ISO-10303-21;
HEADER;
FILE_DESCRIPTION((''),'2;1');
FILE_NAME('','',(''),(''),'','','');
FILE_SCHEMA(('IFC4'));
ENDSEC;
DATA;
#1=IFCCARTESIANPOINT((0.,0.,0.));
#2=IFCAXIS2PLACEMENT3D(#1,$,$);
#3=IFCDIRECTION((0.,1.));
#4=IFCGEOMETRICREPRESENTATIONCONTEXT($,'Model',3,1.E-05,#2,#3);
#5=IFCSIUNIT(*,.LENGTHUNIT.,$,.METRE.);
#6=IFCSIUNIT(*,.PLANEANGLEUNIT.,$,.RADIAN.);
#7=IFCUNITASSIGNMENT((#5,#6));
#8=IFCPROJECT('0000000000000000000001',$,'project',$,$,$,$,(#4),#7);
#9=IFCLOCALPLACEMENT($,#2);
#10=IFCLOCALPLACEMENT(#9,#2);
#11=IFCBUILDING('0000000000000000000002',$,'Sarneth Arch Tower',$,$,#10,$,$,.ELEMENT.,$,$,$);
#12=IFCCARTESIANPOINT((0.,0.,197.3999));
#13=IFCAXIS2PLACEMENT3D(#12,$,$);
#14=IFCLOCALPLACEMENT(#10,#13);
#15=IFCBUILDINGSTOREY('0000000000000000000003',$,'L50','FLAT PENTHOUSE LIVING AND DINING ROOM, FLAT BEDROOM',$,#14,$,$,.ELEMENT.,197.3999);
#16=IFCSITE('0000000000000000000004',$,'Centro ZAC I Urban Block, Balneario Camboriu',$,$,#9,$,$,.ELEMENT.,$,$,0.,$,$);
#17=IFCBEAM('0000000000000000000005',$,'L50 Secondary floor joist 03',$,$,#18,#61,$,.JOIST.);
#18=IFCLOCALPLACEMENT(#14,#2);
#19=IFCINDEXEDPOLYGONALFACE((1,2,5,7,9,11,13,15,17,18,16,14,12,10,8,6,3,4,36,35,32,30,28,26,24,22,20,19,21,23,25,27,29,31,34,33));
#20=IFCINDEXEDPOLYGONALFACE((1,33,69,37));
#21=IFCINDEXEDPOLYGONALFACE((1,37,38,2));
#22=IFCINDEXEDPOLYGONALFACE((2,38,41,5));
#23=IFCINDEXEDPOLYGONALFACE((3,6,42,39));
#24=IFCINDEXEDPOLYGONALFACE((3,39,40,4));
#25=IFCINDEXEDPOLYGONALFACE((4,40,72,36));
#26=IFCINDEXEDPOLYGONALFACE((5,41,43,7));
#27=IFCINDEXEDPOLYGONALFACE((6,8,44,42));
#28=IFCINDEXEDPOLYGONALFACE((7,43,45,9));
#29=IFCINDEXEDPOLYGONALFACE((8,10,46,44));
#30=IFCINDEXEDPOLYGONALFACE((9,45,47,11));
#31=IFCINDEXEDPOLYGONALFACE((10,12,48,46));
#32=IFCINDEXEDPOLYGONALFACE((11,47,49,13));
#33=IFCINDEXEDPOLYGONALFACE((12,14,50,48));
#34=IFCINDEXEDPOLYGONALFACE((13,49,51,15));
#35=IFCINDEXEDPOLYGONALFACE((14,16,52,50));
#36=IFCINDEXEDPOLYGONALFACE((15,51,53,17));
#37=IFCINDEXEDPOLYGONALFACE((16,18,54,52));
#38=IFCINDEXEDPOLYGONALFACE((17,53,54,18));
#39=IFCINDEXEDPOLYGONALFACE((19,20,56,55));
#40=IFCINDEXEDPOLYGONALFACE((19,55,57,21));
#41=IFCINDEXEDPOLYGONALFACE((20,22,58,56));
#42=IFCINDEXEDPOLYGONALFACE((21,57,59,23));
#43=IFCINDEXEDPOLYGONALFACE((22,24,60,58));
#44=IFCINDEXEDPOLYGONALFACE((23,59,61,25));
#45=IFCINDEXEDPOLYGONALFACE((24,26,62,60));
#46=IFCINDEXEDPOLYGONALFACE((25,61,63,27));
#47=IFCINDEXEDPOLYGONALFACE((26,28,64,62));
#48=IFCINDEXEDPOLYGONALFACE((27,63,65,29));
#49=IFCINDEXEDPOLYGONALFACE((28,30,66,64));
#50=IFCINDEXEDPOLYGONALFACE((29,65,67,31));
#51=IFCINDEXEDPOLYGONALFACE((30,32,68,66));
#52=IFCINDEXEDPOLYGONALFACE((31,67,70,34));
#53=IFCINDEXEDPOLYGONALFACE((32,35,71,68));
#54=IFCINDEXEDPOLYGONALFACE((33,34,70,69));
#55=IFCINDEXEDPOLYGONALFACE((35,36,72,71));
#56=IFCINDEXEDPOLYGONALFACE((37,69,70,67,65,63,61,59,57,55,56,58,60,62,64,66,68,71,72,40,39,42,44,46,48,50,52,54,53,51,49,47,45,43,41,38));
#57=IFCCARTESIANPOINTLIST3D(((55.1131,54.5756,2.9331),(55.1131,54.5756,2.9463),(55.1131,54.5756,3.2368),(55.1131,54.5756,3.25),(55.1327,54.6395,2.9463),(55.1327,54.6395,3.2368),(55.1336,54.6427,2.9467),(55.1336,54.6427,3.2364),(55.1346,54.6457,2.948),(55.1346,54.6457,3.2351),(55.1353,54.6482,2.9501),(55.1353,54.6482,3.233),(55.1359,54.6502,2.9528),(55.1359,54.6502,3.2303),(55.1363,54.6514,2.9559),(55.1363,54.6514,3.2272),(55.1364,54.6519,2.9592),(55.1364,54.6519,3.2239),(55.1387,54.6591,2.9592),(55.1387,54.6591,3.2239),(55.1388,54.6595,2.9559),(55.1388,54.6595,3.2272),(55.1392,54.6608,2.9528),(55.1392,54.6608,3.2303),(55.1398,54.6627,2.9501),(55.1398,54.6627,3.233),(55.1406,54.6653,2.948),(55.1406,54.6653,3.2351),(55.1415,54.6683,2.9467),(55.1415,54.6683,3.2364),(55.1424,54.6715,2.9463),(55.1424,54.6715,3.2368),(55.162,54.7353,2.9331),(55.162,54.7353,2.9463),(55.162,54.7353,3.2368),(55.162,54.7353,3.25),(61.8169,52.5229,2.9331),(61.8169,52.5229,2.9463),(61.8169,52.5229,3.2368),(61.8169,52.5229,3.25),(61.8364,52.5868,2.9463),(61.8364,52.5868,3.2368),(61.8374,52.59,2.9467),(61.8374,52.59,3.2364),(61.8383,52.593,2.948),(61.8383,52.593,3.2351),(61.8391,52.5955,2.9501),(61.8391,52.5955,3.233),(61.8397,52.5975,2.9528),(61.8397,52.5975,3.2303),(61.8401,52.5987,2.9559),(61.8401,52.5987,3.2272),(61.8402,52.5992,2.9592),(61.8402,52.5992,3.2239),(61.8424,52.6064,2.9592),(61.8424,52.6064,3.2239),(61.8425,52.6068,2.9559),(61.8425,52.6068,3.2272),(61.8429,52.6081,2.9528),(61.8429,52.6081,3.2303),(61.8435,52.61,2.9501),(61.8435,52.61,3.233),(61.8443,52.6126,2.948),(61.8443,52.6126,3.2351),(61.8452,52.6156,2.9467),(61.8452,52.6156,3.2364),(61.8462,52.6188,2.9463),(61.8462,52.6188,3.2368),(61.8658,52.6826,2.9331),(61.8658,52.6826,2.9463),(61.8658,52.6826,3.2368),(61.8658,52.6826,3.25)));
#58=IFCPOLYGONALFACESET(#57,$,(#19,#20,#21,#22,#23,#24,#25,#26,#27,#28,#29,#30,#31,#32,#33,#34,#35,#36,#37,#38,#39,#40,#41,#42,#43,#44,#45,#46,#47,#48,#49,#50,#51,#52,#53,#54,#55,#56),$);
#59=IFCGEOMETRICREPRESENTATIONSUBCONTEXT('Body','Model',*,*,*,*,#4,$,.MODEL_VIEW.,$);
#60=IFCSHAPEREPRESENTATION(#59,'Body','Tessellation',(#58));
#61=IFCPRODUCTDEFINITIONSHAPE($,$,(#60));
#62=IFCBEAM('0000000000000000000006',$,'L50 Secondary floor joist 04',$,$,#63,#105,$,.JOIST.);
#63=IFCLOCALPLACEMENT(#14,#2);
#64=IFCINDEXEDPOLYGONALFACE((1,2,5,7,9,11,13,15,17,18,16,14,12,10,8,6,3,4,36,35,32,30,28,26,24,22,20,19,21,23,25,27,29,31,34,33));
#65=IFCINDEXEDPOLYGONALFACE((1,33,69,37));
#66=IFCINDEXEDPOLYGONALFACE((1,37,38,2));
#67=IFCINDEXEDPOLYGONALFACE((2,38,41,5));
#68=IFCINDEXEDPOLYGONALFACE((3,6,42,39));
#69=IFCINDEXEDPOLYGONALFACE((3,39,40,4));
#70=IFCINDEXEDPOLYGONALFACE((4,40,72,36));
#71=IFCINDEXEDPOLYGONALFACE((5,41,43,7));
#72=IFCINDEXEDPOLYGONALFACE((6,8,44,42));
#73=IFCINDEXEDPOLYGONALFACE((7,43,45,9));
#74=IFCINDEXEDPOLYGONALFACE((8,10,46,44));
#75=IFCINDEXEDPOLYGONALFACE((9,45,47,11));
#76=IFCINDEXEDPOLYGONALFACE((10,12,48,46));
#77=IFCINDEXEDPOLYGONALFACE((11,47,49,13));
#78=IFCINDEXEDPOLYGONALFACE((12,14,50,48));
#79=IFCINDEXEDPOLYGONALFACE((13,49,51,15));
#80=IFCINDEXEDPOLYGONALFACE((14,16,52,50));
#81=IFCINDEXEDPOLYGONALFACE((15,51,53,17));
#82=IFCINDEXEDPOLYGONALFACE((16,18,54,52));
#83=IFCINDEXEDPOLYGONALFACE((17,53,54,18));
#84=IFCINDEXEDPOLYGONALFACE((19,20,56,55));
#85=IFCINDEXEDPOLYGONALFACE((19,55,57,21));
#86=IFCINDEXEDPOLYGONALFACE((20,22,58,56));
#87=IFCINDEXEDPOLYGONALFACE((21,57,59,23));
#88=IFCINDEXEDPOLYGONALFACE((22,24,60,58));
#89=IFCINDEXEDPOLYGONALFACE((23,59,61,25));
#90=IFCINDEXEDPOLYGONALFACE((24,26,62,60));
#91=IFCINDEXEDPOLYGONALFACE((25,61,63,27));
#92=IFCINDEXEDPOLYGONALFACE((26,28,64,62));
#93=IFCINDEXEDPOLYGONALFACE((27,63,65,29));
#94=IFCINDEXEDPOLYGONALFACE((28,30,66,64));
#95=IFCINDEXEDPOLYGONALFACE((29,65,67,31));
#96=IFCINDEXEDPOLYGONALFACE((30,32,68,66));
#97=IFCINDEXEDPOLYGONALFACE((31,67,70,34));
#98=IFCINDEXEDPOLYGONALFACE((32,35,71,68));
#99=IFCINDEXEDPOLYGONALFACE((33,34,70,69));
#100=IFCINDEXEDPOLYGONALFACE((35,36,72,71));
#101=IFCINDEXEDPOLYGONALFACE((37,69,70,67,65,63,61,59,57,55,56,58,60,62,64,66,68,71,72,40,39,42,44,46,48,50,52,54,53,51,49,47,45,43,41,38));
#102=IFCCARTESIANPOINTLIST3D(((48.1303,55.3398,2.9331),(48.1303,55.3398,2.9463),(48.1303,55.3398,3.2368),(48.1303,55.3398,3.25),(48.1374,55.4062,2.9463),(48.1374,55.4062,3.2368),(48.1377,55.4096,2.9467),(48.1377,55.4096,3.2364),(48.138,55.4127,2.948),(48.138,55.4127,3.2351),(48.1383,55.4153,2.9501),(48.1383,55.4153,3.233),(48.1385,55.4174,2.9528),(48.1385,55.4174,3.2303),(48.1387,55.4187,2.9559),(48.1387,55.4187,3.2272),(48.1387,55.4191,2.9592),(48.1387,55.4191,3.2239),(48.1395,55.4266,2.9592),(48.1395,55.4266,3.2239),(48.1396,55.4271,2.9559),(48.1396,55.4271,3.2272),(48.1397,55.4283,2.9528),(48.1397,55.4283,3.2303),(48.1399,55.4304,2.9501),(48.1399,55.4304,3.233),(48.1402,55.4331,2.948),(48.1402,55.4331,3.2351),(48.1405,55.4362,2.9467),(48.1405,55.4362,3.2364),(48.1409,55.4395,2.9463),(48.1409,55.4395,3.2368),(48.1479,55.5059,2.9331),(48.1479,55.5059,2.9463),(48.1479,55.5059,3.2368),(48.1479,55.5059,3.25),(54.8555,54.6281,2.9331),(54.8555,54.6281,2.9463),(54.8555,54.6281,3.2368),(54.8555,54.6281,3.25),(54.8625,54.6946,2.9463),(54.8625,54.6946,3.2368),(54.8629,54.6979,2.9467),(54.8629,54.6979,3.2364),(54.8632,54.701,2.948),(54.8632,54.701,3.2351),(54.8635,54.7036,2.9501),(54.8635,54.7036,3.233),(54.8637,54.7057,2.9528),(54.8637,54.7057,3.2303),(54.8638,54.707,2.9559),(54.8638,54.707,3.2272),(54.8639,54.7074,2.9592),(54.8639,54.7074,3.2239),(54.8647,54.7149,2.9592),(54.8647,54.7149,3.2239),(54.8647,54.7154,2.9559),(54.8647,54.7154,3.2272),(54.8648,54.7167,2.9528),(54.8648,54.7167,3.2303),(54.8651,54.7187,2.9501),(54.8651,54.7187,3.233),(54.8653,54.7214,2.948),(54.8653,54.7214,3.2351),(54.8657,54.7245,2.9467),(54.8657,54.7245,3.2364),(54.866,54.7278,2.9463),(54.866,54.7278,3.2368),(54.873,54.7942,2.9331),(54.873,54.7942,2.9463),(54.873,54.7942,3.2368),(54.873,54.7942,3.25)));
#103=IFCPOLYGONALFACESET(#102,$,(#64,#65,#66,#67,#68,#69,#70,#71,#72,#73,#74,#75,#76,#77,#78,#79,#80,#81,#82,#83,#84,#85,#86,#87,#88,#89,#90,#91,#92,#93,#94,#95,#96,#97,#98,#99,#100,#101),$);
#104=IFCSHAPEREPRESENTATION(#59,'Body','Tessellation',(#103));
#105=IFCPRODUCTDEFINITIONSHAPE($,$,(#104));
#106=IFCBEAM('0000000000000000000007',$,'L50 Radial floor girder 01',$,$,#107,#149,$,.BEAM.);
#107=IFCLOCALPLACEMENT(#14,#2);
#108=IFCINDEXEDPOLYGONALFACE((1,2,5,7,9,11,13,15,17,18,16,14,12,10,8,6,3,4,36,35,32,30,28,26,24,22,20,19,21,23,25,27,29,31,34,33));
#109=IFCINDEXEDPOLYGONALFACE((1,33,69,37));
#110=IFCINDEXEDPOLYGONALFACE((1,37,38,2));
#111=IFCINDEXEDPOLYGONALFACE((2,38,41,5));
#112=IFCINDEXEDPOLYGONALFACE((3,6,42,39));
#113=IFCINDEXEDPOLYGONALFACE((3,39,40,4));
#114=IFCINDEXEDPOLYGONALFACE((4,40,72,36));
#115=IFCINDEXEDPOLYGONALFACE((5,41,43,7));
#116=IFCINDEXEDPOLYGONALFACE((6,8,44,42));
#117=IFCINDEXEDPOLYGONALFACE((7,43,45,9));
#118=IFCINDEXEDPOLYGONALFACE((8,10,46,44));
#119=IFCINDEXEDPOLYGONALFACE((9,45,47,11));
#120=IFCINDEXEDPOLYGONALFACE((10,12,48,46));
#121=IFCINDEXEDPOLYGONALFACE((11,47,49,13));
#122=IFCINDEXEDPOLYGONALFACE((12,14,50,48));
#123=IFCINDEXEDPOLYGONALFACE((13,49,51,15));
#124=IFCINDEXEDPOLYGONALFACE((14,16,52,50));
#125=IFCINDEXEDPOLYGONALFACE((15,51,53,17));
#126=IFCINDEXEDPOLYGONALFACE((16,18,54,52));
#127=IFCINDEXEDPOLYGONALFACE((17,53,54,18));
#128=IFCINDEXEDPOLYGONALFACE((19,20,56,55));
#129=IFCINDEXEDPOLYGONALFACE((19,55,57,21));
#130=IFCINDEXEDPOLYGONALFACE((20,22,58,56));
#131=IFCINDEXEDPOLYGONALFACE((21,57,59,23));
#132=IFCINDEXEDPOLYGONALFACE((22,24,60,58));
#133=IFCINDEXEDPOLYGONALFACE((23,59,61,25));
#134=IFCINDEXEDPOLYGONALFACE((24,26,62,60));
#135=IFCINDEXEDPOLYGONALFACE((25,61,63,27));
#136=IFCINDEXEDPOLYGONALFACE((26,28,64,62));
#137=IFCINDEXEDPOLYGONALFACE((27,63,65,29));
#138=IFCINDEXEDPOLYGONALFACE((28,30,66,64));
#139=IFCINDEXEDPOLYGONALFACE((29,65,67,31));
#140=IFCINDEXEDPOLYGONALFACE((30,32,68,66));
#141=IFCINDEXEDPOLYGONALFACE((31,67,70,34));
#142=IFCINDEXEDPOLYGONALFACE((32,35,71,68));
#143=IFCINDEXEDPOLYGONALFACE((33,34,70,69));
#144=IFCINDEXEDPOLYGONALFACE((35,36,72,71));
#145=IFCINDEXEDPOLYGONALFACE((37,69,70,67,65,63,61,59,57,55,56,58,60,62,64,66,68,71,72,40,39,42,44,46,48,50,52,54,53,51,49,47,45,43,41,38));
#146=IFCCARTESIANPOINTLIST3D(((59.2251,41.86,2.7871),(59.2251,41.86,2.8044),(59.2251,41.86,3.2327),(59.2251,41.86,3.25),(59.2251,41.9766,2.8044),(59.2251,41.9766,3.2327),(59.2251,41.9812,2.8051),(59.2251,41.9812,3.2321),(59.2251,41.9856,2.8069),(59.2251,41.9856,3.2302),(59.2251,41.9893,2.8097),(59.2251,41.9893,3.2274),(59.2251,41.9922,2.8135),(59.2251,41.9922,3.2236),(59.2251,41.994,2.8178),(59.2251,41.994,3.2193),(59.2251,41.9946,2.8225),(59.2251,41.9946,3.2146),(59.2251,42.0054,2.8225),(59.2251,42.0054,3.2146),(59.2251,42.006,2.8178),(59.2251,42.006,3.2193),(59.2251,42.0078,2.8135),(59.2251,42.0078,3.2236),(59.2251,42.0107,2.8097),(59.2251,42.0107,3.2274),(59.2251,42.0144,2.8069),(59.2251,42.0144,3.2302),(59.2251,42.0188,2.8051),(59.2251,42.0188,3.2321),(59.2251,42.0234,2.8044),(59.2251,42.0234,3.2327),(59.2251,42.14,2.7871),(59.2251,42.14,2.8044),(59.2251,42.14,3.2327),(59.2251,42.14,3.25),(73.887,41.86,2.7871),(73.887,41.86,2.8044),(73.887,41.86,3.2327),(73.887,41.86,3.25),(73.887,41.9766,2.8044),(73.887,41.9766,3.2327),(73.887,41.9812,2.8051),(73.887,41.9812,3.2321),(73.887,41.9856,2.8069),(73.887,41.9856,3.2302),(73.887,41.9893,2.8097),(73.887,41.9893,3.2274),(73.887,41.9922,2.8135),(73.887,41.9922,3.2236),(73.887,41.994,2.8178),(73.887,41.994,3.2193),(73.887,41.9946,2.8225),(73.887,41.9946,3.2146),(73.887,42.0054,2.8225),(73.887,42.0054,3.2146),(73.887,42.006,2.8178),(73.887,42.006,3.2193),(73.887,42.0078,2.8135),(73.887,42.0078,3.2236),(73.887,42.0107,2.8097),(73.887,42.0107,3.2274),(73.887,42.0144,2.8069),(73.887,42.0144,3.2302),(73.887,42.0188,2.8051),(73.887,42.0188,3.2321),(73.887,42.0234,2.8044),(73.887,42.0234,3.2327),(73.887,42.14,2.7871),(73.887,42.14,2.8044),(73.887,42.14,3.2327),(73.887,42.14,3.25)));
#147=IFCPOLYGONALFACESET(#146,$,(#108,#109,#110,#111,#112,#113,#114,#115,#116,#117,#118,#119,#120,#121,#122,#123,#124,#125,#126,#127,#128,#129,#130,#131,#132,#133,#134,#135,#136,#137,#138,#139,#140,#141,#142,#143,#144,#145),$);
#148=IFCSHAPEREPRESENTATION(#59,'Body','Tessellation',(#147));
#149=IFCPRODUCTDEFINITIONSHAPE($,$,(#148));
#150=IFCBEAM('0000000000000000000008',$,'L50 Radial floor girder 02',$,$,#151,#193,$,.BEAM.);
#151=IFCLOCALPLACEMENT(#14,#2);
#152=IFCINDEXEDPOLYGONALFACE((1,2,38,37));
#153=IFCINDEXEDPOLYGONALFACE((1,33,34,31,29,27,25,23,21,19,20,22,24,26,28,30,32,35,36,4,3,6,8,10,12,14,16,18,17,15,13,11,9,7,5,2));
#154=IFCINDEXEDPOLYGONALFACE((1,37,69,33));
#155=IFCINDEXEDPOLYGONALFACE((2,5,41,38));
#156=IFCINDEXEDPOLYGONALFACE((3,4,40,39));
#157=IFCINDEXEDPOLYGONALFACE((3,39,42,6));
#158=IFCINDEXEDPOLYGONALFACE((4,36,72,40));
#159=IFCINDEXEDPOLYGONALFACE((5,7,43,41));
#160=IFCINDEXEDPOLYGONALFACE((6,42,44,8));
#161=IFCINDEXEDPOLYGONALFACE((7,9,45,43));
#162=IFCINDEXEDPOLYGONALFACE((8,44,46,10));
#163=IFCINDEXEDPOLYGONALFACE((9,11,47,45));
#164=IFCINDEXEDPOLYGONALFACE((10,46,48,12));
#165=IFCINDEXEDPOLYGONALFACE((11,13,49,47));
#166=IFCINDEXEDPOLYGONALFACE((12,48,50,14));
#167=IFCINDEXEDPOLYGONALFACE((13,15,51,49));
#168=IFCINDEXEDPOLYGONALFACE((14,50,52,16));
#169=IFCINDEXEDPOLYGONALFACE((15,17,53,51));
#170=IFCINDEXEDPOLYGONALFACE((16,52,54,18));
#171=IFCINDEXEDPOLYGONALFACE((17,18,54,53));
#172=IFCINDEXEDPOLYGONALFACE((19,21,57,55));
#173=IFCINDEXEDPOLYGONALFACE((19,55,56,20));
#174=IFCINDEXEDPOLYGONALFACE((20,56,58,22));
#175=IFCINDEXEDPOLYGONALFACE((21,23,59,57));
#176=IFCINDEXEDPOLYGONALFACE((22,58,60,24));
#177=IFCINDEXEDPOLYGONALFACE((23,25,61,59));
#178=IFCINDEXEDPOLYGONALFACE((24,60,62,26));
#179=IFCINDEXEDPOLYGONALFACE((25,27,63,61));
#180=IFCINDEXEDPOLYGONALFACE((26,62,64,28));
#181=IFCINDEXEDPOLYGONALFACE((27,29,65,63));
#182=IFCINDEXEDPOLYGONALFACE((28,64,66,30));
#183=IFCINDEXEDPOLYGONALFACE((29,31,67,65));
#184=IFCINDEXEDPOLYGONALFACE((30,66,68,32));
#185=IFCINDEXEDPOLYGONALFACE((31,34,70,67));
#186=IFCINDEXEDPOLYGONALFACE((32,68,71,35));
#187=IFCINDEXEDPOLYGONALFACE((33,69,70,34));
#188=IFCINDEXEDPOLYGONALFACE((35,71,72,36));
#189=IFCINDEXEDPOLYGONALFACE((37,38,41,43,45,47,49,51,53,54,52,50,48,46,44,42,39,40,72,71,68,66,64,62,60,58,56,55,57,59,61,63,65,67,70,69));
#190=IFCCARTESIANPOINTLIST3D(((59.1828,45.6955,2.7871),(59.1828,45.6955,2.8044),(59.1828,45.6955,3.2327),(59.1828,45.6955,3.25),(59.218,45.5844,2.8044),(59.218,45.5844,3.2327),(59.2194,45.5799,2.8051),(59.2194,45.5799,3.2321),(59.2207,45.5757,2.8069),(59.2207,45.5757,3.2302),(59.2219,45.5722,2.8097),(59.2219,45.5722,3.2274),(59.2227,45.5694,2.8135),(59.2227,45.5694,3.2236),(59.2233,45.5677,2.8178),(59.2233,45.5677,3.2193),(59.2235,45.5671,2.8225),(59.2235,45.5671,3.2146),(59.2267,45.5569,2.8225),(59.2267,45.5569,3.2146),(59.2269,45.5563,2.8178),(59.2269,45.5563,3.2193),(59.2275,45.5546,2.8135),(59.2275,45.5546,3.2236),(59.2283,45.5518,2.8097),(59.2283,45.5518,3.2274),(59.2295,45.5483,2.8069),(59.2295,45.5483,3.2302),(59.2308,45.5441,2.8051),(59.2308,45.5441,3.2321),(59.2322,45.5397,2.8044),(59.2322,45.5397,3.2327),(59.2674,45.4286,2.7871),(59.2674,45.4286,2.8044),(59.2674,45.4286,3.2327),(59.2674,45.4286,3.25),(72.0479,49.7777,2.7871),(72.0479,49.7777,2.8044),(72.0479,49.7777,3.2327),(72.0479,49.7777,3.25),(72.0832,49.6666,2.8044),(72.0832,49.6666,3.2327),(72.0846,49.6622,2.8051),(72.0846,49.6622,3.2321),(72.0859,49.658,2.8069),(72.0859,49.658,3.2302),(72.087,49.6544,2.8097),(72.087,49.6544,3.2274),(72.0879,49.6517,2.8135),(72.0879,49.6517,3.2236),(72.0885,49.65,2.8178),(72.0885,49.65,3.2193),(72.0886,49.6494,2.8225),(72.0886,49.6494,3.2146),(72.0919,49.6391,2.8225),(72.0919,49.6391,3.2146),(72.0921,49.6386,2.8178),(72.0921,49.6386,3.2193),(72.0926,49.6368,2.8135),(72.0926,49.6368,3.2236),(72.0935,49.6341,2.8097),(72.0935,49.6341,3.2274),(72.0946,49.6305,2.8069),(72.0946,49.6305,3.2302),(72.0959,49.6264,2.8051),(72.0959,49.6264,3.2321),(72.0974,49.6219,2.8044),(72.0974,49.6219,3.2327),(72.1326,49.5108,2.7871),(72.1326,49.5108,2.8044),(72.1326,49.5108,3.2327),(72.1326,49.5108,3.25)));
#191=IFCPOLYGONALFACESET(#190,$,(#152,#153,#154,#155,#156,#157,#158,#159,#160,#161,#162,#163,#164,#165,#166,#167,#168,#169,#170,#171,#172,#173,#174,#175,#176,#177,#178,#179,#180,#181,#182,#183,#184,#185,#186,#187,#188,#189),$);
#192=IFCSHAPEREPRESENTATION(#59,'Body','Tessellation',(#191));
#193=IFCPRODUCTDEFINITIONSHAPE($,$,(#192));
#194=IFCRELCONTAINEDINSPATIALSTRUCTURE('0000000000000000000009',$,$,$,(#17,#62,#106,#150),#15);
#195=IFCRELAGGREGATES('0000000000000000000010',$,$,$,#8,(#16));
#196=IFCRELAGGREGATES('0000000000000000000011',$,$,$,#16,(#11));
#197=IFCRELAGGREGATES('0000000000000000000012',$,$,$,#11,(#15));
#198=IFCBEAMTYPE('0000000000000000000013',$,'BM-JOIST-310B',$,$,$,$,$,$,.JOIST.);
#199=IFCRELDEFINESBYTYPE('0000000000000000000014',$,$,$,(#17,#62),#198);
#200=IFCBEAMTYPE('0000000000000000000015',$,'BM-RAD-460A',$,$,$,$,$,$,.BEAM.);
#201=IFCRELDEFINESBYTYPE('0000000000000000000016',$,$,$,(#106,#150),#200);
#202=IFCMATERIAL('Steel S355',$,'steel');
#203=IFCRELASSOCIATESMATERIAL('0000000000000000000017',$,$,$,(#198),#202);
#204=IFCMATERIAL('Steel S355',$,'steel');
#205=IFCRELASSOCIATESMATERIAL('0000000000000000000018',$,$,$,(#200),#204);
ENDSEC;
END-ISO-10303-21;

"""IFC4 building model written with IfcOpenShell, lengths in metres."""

from ifc_helpers import new_model, si_unit, direction, frame, origin, origin_2d, place, context, subcontext, project, spatial, i_section, extrude, material, material_profile, profile_set, type_object, element, save


model = new_model("IFC4")

# Units and contexts
model_context = context("Model", 3, precision=1e-05, world=origin(), true_north=direction((0.0, 1.0)))
body_context = subcontext(model_context, "Body", "Model", "MODEL_VIEW")
ifc_project = project(units=[si_unit("LENGTHUNIT", "METRE"), si_unit("PLANEANGLEUNIT", "RADIAN")], contexts=[model_context])

# Site, building, storey
site_placement = place(None, origin())
site = spatial("IfcSite", under=ifc_project, at=site_placement, Name="Centro ZAC I Urban Block, Balneario Camboriu", CompositionType="ELEMENT", RefElevation=0.0)
building_placement = place(site_placement, origin())
building = spatial("IfcBuilding", under=site, at=building_placement, Name="Sarneth Arch Tower", CompositionType="ELEMENT")
storey_placement = place(building_placement, frame((0.0, 0.0, 197.3999)))
storey = spatial("IfcBuildingStorey", under=building, at=storey_placement, Name="L50", Description="FLAT PENTHOUSE LIVING AND DINING ROOM, FLAT BEDROOM", CompositionType="ELEMENT", Elevation=197.3999)

# Beams
ifc_material_1 = material(Name="Steel S355", Category="steel")
ifc_material_profile_1 = material_profile(ifc_material_1, i_section(OverallWidth=0.167, OverallDepth=0.3169, WebThickness=0.0076, FlangeThickness=0.0132, FilletRadius=0.0129, at=origin_2d()), Name="W310x52")
ifc_profile_set_1 = profile_set([ifc_material_profile_1], Name="Steel S355")
beam_type_1 = type_object("IfcBeamType", Name="BM-JOIST-310B", PredefinedType="JOIST", material=ifc_profile_set_1)
beam_1_placement = place(storey_placement, frame((61.8413, 52.6028, 3.0916), z_axis=(-0.956179, 0.292784, 0.0), x_axis=(-0.292784, -0.956179, 0.0)))
element("IfcBeam", 1, at=beam_1_placement, inside=storey, type_object=beam_type_1, Name="L50 Secondary floor joist 03", PredefinedType="JOIST", context=body_context, shape_type="SweptSolid", body=[
    extrude(i_section(OverallWidth=0.167, OverallDepth=0.3169, WebThickness=0.0076, FlangeThickness=0.0132, FilletRadius=0.0129, at=origin_2d()), origin(), (0.0, 0.0, 1.0), 7.011),
])
beam_2_placement = place(storey_placement, frame((54.8643, 54.7112, 3.0916), z_axis=(-0.994447, 0.105235, 0.0), x_axis=(-0.105235, -0.994447, 0.0)))
element("IfcBeam", 2, at=beam_2_placement, inside=storey, type_object=beam_type_1, Name="L50 Secondary floor joist 04", PredefinedType="JOIST", context=body_context, shape_type="SweptSolid", body=[
    extrude(i_section(OverallWidth=0.167, OverallDepth=0.3169, WebThickness=0.0076, FlangeThickness=0.0132, FilletRadius=0.0129, at=origin_2d()), origin(), (0.0, 0.0, 1.0), 6.7627),
])
ifc_material_2 = material(Name="Steel S355", Category="steel")
ifc_material_profile_2 = material_profile(ifc_material_2, i_section(OverallWidth=0.28, OverallDepth=0.4629, WebThickness=0.0107, FlangeThickness=0.0173, FilletRadius=0.0181, at=origin_2d()), Name="W460x113")
ifc_profile_set_2 = profile_set([ifc_material_profile_2], Name="Steel S355")
beam_type_2 = type_object("IfcBeamType", Name="BM-RAD-460A", PredefinedType="BEAM", material=ifc_profile_set_2)
beam_3_placement = place(storey_placement, frame((59.2251, 42.0, 3.0186), z_axis=(1.0, 0.0, 0.0), x_axis=(0.0, 1.0, 0.0)))
element("IfcBeam", 3, at=beam_3_placement, inside=storey, type_object=beam_type_2, Name="L50 Radial floor girder 01", PredefinedType="BEAM", context=body_context, shape_type="SweptSolid", body=[
    extrude(i_section(OverallWidth=0.28, OverallDepth=0.4629, WebThickness=0.0107, FlangeThickness=0.0173, FilletRadius=0.0181, at=origin_2d()), origin(), (0.0, 0.0, 1.0), 14.6619),
])
beam_4_placement = place(storey_placement, frame((59.2251, 45.562, 3.0186), z_axis=(0.953165, 0.302449, 0.0), x_axis=(-0.302449, 0.953165, 0.0)))
element("IfcBeam", 4, at=beam_4_placement, inside=storey, type_object=beam_type_2, Name="L50 Radial floor girder 02", PredefinedType="BEAM", context=body_context, shape_type="SweptSolid", body=[
    extrude(i_section(OverallWidth=0.28, OverallDepth=0.4629, WebThickness=0.0107, FlangeThickness=0.0173, FilletRadius=0.0181, at=origin_2d()), origin(), (0.0, 0.0, 1.0), 13.4973),
])

save(model, "model.ifc")
